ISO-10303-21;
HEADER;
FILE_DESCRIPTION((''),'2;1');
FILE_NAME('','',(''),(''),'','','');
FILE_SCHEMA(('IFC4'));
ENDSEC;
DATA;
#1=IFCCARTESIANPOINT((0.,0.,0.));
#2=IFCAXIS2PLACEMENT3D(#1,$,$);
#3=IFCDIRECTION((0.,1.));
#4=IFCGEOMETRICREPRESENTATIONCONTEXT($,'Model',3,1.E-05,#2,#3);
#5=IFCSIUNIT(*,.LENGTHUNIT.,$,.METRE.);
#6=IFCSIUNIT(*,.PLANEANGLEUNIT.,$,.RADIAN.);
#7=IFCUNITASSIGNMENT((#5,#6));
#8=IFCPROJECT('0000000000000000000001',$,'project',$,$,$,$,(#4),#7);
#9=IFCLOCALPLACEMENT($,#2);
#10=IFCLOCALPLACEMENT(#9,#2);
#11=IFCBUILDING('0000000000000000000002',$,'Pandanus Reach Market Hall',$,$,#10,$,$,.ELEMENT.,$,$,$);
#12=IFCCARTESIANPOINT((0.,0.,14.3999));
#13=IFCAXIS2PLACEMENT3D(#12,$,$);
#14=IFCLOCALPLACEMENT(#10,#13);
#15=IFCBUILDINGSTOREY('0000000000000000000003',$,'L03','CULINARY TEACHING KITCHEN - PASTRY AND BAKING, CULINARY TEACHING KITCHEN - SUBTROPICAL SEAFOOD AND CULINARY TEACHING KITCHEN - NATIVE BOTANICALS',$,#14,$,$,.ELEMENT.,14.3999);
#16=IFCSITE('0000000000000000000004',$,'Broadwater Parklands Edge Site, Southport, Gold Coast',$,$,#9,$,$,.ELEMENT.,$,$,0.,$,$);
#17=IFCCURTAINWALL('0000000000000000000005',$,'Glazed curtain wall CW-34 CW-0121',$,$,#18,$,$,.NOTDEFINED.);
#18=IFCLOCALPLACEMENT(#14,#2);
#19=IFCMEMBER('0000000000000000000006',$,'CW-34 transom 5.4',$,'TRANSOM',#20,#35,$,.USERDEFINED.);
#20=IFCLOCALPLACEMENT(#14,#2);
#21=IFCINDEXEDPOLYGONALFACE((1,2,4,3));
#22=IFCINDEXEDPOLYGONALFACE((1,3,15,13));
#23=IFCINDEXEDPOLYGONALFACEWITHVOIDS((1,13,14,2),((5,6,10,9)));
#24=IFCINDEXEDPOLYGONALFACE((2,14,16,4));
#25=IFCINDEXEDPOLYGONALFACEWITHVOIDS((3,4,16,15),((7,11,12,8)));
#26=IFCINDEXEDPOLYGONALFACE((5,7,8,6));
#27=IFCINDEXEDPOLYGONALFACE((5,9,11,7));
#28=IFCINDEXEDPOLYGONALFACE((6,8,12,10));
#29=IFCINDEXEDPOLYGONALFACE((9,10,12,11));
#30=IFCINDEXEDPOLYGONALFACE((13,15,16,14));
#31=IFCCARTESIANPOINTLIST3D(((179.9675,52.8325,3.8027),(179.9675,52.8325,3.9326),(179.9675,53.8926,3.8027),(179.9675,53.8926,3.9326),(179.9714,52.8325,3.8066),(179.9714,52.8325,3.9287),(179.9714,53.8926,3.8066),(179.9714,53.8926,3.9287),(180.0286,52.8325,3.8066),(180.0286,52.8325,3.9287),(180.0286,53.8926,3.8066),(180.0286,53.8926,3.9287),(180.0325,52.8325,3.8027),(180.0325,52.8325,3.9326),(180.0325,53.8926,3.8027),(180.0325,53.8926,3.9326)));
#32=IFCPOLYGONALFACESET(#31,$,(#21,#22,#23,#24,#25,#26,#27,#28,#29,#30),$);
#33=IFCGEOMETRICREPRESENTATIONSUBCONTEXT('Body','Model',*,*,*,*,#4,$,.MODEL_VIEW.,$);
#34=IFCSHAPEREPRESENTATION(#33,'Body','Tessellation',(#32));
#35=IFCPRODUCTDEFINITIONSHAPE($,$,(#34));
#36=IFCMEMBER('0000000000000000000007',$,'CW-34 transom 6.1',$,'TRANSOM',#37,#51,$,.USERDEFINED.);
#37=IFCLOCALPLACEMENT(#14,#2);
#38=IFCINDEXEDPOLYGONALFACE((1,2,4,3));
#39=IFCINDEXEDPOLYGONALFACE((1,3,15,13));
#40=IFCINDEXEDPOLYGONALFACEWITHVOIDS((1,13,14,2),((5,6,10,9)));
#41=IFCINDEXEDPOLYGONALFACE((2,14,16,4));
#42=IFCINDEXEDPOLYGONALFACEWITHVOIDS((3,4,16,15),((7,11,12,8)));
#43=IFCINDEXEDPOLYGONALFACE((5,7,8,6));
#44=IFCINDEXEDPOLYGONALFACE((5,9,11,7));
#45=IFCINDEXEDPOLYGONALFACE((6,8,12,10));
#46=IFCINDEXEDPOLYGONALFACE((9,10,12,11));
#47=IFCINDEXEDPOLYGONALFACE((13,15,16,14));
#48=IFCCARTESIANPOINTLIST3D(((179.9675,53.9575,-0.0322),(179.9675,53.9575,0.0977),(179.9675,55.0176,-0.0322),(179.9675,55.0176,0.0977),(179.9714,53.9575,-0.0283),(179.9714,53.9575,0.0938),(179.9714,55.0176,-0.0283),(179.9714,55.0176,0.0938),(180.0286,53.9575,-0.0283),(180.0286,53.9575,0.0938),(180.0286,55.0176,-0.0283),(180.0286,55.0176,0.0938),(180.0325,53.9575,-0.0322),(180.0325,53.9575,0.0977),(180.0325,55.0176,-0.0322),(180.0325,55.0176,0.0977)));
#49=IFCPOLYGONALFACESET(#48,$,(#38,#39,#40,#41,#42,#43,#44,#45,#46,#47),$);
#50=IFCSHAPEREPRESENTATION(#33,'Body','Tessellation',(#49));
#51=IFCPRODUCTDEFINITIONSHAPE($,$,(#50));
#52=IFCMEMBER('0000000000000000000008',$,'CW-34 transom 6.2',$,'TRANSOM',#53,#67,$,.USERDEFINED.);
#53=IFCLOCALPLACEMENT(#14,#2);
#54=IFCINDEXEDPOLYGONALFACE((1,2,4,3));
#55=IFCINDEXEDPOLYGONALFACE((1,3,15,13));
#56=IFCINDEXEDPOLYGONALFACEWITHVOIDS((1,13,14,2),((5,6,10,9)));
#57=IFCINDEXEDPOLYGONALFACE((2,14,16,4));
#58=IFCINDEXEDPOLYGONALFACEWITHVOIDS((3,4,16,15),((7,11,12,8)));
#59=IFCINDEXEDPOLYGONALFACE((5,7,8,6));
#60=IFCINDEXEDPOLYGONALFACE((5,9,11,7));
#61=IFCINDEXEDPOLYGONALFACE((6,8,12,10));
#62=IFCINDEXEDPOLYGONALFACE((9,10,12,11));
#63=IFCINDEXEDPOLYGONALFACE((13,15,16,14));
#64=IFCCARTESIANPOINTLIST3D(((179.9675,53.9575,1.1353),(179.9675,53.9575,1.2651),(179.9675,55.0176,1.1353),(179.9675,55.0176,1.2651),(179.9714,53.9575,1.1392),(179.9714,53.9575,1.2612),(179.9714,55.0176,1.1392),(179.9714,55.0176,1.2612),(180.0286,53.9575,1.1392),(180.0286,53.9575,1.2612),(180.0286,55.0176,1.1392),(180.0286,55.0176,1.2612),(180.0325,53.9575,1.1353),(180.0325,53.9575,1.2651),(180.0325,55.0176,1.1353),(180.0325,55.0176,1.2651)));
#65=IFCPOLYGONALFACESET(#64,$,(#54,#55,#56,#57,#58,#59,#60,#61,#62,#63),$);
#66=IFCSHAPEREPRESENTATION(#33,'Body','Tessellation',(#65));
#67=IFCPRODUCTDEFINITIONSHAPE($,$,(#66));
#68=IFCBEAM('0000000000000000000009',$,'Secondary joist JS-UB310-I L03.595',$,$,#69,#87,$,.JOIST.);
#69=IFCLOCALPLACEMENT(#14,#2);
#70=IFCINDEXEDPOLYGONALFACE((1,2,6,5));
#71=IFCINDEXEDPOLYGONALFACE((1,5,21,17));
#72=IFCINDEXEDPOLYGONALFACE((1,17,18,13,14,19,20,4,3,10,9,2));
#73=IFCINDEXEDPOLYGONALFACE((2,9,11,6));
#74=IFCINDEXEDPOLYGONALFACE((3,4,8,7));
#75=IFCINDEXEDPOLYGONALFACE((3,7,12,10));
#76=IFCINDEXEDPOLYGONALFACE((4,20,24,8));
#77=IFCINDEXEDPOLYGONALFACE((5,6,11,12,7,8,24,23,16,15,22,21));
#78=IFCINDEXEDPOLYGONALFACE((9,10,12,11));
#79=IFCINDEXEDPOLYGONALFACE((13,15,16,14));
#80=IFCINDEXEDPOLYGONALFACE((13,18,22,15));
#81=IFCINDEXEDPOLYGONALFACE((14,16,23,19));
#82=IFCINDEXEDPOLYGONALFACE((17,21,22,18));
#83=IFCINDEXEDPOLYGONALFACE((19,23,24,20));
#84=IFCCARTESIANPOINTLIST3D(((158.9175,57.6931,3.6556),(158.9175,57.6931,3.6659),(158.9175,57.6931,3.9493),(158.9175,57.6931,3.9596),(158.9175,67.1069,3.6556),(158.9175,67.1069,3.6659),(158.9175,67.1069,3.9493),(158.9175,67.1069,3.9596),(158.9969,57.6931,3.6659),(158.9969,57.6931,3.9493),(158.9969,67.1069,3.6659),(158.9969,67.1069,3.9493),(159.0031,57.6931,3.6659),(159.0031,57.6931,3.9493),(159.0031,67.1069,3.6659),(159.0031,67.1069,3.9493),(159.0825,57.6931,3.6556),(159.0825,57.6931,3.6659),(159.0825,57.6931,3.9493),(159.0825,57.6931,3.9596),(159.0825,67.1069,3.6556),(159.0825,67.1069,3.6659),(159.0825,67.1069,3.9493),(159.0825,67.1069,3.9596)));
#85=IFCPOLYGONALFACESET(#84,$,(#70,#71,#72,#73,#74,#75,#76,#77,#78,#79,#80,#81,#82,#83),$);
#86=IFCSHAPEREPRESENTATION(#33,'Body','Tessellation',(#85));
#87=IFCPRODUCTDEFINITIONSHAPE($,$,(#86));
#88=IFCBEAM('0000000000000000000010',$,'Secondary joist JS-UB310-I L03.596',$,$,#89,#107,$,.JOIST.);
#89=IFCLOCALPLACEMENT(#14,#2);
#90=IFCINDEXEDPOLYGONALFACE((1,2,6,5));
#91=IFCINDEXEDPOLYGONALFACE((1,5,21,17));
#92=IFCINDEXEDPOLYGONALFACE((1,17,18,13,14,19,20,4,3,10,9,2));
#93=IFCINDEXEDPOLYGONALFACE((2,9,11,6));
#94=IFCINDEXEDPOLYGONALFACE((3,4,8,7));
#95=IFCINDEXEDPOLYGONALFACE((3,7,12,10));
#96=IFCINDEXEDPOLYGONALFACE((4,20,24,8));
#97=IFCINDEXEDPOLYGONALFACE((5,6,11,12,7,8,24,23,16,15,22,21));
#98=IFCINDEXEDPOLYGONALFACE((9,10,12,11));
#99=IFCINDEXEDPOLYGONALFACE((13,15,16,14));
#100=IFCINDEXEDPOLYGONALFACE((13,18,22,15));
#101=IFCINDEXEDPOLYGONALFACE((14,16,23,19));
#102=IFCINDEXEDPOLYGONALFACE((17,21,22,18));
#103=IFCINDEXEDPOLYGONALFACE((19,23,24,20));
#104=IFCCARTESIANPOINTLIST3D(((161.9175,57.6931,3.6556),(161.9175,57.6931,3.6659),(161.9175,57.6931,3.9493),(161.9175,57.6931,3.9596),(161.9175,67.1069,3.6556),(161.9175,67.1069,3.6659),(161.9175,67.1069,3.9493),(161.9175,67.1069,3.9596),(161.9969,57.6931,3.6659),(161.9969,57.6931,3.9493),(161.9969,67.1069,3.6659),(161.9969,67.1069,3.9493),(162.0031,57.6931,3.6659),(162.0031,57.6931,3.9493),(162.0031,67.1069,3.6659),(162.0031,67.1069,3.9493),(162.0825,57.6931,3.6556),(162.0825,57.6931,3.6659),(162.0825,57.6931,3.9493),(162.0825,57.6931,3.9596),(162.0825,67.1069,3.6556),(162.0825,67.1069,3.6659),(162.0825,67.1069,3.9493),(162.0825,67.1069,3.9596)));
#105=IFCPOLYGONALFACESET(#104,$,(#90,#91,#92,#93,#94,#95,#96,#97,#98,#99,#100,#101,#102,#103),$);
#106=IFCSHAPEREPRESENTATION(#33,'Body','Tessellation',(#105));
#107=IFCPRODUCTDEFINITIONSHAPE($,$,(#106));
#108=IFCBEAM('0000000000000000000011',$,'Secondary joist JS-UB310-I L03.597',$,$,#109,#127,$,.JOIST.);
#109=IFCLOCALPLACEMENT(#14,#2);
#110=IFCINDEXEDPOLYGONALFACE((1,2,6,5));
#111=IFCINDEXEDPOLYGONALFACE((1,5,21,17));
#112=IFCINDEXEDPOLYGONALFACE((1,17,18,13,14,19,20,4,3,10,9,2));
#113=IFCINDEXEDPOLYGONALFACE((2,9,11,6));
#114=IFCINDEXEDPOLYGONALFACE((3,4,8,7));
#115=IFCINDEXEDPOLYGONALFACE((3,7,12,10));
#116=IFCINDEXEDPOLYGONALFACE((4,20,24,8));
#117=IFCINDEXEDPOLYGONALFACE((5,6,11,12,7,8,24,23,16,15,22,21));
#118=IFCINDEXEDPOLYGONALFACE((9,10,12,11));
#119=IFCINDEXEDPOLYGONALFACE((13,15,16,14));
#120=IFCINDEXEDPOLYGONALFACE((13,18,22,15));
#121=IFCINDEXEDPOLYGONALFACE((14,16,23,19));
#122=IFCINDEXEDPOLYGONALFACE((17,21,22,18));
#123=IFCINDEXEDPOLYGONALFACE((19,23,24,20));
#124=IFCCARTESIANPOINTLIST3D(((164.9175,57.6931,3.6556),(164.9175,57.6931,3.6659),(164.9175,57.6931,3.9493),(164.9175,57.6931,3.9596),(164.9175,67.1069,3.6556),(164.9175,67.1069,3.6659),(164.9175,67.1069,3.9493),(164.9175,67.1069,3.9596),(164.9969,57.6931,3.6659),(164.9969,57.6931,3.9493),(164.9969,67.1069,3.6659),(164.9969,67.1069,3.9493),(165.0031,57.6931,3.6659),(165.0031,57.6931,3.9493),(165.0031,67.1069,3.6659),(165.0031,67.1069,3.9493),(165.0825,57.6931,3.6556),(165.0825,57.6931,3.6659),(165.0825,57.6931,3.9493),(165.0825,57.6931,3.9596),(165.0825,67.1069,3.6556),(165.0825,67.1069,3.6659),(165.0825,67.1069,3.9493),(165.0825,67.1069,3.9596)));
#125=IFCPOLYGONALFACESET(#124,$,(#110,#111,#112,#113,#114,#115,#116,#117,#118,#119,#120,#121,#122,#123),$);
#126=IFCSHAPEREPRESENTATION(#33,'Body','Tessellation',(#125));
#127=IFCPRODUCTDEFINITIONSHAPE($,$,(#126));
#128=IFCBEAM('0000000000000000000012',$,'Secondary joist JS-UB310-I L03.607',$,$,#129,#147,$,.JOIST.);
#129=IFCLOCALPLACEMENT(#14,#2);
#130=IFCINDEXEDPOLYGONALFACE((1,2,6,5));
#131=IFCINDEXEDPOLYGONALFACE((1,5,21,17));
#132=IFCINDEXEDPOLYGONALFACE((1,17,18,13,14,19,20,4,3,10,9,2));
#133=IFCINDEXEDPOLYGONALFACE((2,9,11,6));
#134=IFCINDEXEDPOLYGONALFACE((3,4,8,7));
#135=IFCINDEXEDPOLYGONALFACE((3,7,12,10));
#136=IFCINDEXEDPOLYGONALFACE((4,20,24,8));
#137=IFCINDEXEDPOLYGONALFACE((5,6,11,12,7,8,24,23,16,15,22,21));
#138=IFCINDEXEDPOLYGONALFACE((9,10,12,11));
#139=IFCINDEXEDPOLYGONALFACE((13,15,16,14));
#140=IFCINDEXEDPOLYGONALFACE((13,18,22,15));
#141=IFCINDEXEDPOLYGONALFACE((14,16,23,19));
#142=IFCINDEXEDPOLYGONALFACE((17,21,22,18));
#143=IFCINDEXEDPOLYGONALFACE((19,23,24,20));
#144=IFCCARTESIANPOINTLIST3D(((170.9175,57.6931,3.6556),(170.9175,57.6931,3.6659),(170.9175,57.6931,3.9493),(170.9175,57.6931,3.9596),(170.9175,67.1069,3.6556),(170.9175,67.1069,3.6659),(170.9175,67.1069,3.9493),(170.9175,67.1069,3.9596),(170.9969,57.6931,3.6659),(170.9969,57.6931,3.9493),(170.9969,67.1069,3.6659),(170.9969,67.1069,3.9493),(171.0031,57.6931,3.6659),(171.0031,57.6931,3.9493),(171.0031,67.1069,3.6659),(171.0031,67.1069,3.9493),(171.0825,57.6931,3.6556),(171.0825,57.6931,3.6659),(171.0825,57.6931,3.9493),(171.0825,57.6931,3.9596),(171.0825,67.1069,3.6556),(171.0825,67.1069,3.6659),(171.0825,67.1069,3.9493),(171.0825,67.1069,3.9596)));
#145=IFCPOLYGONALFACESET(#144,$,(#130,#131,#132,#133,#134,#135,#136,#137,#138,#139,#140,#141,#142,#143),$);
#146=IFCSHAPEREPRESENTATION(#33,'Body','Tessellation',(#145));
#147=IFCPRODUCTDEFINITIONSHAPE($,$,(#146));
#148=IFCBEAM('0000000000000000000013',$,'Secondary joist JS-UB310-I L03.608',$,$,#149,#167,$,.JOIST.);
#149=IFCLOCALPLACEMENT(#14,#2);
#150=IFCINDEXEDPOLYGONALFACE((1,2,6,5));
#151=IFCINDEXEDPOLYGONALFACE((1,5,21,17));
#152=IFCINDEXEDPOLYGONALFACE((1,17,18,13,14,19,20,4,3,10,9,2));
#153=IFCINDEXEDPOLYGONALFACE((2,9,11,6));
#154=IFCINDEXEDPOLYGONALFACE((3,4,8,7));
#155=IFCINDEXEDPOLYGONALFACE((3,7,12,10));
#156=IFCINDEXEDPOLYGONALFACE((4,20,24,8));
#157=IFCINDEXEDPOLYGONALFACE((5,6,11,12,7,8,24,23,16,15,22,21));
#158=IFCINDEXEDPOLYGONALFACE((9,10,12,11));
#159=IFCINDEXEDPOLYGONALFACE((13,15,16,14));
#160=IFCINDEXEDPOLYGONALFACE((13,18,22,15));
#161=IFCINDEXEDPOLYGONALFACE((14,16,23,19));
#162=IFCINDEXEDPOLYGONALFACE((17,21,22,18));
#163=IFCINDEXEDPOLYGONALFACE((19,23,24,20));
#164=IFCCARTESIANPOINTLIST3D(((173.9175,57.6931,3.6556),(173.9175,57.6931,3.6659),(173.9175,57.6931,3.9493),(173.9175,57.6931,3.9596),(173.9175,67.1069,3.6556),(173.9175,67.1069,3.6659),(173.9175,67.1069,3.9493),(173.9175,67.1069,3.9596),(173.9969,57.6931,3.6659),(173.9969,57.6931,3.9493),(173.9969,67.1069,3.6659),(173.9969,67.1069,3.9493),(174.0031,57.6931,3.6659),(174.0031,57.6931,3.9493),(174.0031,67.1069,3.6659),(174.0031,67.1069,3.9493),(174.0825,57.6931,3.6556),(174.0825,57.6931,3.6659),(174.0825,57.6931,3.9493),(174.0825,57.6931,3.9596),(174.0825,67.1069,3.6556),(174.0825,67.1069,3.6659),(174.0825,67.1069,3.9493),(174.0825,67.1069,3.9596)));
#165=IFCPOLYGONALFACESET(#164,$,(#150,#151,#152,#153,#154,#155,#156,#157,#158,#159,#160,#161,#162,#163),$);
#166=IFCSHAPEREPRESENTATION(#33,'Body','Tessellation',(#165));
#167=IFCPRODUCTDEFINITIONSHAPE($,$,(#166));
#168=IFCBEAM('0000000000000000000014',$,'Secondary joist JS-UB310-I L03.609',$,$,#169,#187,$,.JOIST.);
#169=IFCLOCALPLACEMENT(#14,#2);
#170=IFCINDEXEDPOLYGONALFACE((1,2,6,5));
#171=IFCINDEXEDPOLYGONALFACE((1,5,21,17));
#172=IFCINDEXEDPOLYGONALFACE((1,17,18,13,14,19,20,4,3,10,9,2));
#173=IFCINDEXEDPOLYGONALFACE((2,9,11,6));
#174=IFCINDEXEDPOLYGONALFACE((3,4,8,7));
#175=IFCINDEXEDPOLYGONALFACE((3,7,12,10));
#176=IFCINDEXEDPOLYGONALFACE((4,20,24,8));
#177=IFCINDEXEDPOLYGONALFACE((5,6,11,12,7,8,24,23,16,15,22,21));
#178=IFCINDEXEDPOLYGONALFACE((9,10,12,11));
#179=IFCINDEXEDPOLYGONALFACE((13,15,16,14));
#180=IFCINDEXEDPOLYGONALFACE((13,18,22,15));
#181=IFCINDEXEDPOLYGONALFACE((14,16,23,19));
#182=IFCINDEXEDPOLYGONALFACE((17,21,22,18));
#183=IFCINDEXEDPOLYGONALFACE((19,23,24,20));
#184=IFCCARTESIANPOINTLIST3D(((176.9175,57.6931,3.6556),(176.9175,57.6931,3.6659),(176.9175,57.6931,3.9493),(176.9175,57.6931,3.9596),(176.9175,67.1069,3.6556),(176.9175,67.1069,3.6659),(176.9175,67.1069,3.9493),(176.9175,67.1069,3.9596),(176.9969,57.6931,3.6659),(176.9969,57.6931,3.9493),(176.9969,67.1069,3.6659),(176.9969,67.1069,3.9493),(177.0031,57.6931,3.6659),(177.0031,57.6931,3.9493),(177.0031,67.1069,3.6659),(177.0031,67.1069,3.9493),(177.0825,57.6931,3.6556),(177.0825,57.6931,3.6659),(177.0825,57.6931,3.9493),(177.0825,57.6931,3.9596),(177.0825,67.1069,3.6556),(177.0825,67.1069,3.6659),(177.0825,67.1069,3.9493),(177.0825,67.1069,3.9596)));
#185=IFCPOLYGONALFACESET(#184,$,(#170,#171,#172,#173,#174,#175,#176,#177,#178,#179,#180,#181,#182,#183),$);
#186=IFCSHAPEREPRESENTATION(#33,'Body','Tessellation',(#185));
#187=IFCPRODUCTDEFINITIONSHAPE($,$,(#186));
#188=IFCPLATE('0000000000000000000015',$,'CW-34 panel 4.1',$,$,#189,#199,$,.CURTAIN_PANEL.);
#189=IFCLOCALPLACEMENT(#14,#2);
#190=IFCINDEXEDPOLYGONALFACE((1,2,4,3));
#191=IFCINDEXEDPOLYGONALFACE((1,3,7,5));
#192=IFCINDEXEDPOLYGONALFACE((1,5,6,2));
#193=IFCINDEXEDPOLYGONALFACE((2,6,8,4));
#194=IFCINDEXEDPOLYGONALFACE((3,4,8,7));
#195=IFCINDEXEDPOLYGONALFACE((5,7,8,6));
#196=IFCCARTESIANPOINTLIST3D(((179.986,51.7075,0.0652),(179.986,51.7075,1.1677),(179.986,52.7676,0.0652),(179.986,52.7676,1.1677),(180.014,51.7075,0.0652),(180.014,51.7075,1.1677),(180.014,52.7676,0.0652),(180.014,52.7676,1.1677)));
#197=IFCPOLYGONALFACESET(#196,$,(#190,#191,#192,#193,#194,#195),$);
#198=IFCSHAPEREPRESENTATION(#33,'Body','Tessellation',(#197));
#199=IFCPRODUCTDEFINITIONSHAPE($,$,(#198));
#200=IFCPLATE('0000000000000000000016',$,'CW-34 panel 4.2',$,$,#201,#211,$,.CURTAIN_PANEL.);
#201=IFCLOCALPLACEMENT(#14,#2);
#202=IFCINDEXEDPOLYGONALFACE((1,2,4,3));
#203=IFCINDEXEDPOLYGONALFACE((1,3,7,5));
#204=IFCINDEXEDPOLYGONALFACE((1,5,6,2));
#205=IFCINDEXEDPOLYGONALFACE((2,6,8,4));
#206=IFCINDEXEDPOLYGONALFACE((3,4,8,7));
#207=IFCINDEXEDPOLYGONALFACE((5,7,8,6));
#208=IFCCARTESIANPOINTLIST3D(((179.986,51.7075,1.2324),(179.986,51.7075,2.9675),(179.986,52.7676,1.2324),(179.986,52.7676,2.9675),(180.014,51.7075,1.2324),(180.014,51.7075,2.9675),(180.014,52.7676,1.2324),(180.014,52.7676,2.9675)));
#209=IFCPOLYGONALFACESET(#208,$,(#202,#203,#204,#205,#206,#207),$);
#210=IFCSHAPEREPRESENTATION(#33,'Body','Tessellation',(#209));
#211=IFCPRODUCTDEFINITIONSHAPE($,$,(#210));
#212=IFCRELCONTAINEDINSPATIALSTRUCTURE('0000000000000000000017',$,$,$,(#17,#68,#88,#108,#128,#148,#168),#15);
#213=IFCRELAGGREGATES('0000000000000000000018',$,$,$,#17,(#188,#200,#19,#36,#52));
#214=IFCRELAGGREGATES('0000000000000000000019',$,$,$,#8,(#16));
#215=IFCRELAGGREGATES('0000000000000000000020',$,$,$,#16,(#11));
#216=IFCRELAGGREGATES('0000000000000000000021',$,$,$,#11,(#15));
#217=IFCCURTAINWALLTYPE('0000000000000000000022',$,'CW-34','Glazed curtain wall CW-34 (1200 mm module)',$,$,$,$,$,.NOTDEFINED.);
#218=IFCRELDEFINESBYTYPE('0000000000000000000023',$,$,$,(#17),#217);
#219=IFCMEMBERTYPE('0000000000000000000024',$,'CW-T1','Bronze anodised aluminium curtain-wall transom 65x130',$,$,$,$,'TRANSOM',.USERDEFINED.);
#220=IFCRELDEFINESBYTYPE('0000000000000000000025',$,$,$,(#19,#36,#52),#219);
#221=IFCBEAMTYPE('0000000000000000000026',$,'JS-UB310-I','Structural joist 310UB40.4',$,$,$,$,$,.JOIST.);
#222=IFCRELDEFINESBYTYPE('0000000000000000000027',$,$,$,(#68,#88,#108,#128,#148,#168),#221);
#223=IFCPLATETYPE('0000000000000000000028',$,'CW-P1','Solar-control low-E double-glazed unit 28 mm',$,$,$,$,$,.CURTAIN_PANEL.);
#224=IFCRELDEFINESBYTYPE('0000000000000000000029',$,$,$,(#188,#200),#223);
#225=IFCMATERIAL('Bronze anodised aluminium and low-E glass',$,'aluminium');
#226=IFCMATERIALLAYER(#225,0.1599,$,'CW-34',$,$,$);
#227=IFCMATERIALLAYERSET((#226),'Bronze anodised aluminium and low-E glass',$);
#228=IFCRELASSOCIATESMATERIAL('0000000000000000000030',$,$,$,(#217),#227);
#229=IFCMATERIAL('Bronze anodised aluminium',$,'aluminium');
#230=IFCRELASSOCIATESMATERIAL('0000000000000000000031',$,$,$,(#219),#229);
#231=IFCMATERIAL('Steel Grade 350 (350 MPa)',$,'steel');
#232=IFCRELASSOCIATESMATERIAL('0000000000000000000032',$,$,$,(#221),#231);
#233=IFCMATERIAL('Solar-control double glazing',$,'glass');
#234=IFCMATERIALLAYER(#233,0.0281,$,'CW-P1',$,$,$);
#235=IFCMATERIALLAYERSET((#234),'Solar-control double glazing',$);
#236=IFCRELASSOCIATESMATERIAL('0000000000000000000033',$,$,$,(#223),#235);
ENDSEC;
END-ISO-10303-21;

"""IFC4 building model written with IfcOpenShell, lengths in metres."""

from ifc_helpers import new_model, si_unit, direction, frame, origin, origin_2d, place, context, subcontext, project, spatial, rectangle, hollow_rectangle, i_section, extrude, material, layer, layer_set, material_profile, profile_set, type_object, element, aggregate, save


model = new_model("IFC4")

# Units and contexts
model_context = context("Model", 3, precision=1e-05, world=origin(), true_north=direction((0.0, 1.0)))
body_context = subcontext(model_context, "Body", "Model", "MODEL_VIEW")
ifc_project = project(units=[si_unit("LENGTHUNIT", "METRE"), si_unit("PLANEANGLEUNIT", "RADIAN")], contexts=[model_context])

# Site, building, storey
site_placement = place(None, origin())
site = spatial("IfcSite", under=ifc_project, at=site_placement, Name="Broadwater Parklands Edge Site, Southport, Gold Coast", CompositionType="ELEMENT", RefElevation=0.0)
building_placement = place(site_placement, origin())
building = spatial("IfcBuilding", under=site, at=building_placement, Name="Pandanus Reach Market Hall", CompositionType="ELEMENT")
storey_placement = place(building_placement, frame((0.0, 0.0, 14.3999)))
storey = spatial("IfcBuildingStorey", under=building, at=storey_placement, Name="L03", Description="CULINARY TEACHING KITCHEN - PASTRY AND BAKING, CULINARY TEACHING KITCHEN - SUBTROPICAL SEAFOOD AND CULINARY TEACHING KITCHEN - NATIVE BOTANICALS", CompositionType="ELEMENT", Elevation=14.3999)

# Shared definitions
ifc_material_1 = material(Name="Steel Grade 350 (350 MPa)", Category="steel")

# Curtain wall, members
ifc_material_2 = material(Name="Bronze anodised aluminium and low-E glass", Category="aluminium")
ifc_layer_1 = layer(ifc_material_2, 0.1599, Name="CW-34")
ifc_layer_set_1 = layer_set([ifc_layer_1], Name="Bronze anodised aluminium and low-E glass")
curtain_wall_type = type_object("IfcCurtainWallType", Name="CW-34", Description="Glazed curtain wall CW-34 (1200 mm module)", PredefinedType="NOTDEFINED", material=ifc_layer_set_1)
curtain_wall_placement = place(storey_placement, origin())
curtain_wall = element("IfcCurtainWall", 1, at=curtain_wall_placement, inside=storey, type_object=curtain_wall_type, Name="Glazed curtain wall CW-34 CW-0121", PredefinedType="NOTDEFINED")
ifc_material_3 = material(Name="Bronze anodised aluminium", Category="aluminium")
ifc_material_profile_1 = material_profile(ifc_material_3, hollow_rectangle(XDim=0.0649, YDim=0.1299, WallThickness=0.0039, at=origin_2d()), Name="ALU65x130", Category="LoadBearing")
ifc_profile_set_1 = profile_set([ifc_material_profile_1], Name="Bronze anodised aluminium")
member_type_1 = type_object("IfcMemberType", Name="CW-T1", Description="Bronze anodised aluminium curtain-wall transom 65x130", ElementType="TRANSOM", PredefinedType="USERDEFINED", material=ifc_profile_set_1)
member_1_placement = place(storey_placement, frame((180.0, 52.8325, 3.8677), z_axis=(0.0, 1.0, 0.0), x_axis=(-1.0, 0.0, 0.0)))
member_1 = element("IfcMember", 2, at=member_1_placement, type_object=member_type_1, Name="CW-34 transom 5.4", ObjectType="TRANSOM", PredefinedType="USERDEFINED", context=body_context, shape_type="SweptSolid", body=[
    extrude(hollow_rectangle(XDim=0.0649, YDim=0.1299, WallThickness=0.0039, at=origin_2d()), origin(), (0.0, 0.0, 1.0), 1.0601),
])
member_2_placement = place(storey_placement, frame((180.0, 53.9575, 0.0327), z_axis=(0.0, 1.0, 0.0), x_axis=(-1.0, 0.0, 0.0)))
member_2 = element("IfcMember", 3, at=member_2_placement, type_object=member_type_1, Name="CW-34 transom 6.1", ObjectType="TRANSOM", PredefinedType="USERDEFINED", context=body_context, shape_type="SweptSolid", body=[
    extrude(hollow_rectangle(XDim=0.0649, YDim=0.1299, WallThickness=0.0039, at=origin_2d()), origin(), (0.0, 0.0, 1.0), 1.0601),
])
member_3_placement = place(storey_placement, frame((180.0, 53.9575, 1.2002), z_axis=(0.0, 1.0, 0.0), x_axis=(-1.0, 0.0, 0.0)))
member_3 = element("IfcMember", 4, at=member_3_placement, type_object=member_type_1, Name="CW-34 transom 6.2", ObjectType="TRANSOM", PredefinedType="USERDEFINED", context=body_context, shape_type="SweptSolid", body=[
    extrude(hollow_rectangle(XDim=0.0649, YDim=0.1299, WallThickness=0.0039, at=origin_2d()), origin(), (0.0, 0.0, 1.0), 1.0601),
])

# Beams
ifc_material_profile_2 = material_profile(ifc_material_1, i_section(OverallWidth=0.165, OverallDepth=0.304, WebThickness=0.0061, FlangeThickness=0.0103, at=origin_2d()), Name="310UB40.4", Category="LoadBearing")
ifc_profile_set_2 = profile_set([ifc_material_profile_2], Name="Steel Grade 350 (350 MPa)")
beam_type_1 = type_object("IfcBeamType", Name="JS-UB310-I", Description="Structural joist 310UB40.4", PredefinedType="JOIST", material=ifc_profile_set_2)
for number, where, z_axis, x_axis, name in (
    (5, (159.0, 57.6931, 3.8076), (0.0, 1.0, 0.0), (-1.0, 0.0, 0.0), "Secondary joist JS-UB310-I L03.595"),
    (6, (162.0, 57.6931, 3.8076), (0.0, 1.0, 0.0), (-1.0, 0.0, 0.0), "Secondary joist JS-UB310-I L03.596"),
    (7, (165.0, 57.6931, 3.8076), (0.0, 1.0, 0.0), (-1.0, 0.0, 0.0), "Secondary joist JS-UB310-I L03.597"),
    (8, (171.0, 57.6931, 3.8076), (0.0, 1.0, 0.0), (-1.0, 0.0, 0.0), "Secondary joist JS-UB310-I L03.607"),
    (9, (174.0, 57.6931, 3.8076), (0.0, 1.0, 0.0), (-1.0, 0.0, 0.0), "Secondary joist JS-UB310-I L03.608"),
    (10, (177.0, 57.6931, 3.8076), (0.0, 1.0, 0.0), (-1.0, 0.0, 0.0), "Secondary joist JS-UB310-I L03.609"),
):
    element("IfcBeam", number, at=place(storey_placement, frame(where, z_axis=z_axis, x_axis=x_axis)), inside=storey, type_object=beam_type_1, Name=name, PredefinedType="JOIST", context=body_context, shape_type="SweptSolid", body=[
        extrude(i_section(OverallWidth=0.165, OverallDepth=0.304, WebThickness=0.0061, FlangeThickness=0.0103, at=origin_2d()), origin(), (0.0, 0.0, 1.0), 9.4138),
    ])

# Plates
ifc_material_4 = material(Name="Solar-control double glazing", Category="glass")
ifc_layer_2 = layer(ifc_material_4, 0.0281, Name="CW-P1")
ifc_layer_set_2 = layer_set([ifc_layer_2], Name="Solar-control double glazing")
plate_type = type_object("IfcPlateType", Name="CW-P1", Description="Solar-control low-E double-glazed unit 28 mm", PredefinedType="CURTAIN_PANEL", material=ifc_layer_set_2)
plate_1_placement = place(storey_placement, frame((180.0, 52.2375, 0.0652), z_axis=(0.0, 0.0, 1.0), x_axis=(0.0, 1.0, 0.0)))
plate_1 = element("IfcPlate", 11, at=plate_1_placement, type_object=plate_type, Name="CW-34 panel 4.1", PredefinedType="CURTAIN_PANEL", context=body_context, shape_type="SweptSolid", body=[
    extrude(rectangle(XDim=1.0601, YDim=0.0281, at=origin_2d()), origin(), (0.0, 0.0, 1.0), 1.1025),
])
plate_2_placement = place(storey_placement, frame((180.0, 52.2375, 1.2324), z_axis=(0.0, 0.0, 1.0), x_axis=(0.0, 1.0, 0.0)))
plate_2 = element("IfcPlate", 12, at=plate_2_placement, type_object=plate_type, Name="CW-34 panel 4.2", PredefinedType="CURTAIN_PANEL", context=body_context, shape_type="SweptSolid", body=[
    extrude(rectangle(XDim=1.0601, YDim=0.0281, at=origin_2d()), origin(), (0.0, 0.0, 1.0), 1.7351),
])
aggregate(curtain_wall, [plate_1, plate_2, member_1, member_2, member_3])

save(model, "model.ifc")
